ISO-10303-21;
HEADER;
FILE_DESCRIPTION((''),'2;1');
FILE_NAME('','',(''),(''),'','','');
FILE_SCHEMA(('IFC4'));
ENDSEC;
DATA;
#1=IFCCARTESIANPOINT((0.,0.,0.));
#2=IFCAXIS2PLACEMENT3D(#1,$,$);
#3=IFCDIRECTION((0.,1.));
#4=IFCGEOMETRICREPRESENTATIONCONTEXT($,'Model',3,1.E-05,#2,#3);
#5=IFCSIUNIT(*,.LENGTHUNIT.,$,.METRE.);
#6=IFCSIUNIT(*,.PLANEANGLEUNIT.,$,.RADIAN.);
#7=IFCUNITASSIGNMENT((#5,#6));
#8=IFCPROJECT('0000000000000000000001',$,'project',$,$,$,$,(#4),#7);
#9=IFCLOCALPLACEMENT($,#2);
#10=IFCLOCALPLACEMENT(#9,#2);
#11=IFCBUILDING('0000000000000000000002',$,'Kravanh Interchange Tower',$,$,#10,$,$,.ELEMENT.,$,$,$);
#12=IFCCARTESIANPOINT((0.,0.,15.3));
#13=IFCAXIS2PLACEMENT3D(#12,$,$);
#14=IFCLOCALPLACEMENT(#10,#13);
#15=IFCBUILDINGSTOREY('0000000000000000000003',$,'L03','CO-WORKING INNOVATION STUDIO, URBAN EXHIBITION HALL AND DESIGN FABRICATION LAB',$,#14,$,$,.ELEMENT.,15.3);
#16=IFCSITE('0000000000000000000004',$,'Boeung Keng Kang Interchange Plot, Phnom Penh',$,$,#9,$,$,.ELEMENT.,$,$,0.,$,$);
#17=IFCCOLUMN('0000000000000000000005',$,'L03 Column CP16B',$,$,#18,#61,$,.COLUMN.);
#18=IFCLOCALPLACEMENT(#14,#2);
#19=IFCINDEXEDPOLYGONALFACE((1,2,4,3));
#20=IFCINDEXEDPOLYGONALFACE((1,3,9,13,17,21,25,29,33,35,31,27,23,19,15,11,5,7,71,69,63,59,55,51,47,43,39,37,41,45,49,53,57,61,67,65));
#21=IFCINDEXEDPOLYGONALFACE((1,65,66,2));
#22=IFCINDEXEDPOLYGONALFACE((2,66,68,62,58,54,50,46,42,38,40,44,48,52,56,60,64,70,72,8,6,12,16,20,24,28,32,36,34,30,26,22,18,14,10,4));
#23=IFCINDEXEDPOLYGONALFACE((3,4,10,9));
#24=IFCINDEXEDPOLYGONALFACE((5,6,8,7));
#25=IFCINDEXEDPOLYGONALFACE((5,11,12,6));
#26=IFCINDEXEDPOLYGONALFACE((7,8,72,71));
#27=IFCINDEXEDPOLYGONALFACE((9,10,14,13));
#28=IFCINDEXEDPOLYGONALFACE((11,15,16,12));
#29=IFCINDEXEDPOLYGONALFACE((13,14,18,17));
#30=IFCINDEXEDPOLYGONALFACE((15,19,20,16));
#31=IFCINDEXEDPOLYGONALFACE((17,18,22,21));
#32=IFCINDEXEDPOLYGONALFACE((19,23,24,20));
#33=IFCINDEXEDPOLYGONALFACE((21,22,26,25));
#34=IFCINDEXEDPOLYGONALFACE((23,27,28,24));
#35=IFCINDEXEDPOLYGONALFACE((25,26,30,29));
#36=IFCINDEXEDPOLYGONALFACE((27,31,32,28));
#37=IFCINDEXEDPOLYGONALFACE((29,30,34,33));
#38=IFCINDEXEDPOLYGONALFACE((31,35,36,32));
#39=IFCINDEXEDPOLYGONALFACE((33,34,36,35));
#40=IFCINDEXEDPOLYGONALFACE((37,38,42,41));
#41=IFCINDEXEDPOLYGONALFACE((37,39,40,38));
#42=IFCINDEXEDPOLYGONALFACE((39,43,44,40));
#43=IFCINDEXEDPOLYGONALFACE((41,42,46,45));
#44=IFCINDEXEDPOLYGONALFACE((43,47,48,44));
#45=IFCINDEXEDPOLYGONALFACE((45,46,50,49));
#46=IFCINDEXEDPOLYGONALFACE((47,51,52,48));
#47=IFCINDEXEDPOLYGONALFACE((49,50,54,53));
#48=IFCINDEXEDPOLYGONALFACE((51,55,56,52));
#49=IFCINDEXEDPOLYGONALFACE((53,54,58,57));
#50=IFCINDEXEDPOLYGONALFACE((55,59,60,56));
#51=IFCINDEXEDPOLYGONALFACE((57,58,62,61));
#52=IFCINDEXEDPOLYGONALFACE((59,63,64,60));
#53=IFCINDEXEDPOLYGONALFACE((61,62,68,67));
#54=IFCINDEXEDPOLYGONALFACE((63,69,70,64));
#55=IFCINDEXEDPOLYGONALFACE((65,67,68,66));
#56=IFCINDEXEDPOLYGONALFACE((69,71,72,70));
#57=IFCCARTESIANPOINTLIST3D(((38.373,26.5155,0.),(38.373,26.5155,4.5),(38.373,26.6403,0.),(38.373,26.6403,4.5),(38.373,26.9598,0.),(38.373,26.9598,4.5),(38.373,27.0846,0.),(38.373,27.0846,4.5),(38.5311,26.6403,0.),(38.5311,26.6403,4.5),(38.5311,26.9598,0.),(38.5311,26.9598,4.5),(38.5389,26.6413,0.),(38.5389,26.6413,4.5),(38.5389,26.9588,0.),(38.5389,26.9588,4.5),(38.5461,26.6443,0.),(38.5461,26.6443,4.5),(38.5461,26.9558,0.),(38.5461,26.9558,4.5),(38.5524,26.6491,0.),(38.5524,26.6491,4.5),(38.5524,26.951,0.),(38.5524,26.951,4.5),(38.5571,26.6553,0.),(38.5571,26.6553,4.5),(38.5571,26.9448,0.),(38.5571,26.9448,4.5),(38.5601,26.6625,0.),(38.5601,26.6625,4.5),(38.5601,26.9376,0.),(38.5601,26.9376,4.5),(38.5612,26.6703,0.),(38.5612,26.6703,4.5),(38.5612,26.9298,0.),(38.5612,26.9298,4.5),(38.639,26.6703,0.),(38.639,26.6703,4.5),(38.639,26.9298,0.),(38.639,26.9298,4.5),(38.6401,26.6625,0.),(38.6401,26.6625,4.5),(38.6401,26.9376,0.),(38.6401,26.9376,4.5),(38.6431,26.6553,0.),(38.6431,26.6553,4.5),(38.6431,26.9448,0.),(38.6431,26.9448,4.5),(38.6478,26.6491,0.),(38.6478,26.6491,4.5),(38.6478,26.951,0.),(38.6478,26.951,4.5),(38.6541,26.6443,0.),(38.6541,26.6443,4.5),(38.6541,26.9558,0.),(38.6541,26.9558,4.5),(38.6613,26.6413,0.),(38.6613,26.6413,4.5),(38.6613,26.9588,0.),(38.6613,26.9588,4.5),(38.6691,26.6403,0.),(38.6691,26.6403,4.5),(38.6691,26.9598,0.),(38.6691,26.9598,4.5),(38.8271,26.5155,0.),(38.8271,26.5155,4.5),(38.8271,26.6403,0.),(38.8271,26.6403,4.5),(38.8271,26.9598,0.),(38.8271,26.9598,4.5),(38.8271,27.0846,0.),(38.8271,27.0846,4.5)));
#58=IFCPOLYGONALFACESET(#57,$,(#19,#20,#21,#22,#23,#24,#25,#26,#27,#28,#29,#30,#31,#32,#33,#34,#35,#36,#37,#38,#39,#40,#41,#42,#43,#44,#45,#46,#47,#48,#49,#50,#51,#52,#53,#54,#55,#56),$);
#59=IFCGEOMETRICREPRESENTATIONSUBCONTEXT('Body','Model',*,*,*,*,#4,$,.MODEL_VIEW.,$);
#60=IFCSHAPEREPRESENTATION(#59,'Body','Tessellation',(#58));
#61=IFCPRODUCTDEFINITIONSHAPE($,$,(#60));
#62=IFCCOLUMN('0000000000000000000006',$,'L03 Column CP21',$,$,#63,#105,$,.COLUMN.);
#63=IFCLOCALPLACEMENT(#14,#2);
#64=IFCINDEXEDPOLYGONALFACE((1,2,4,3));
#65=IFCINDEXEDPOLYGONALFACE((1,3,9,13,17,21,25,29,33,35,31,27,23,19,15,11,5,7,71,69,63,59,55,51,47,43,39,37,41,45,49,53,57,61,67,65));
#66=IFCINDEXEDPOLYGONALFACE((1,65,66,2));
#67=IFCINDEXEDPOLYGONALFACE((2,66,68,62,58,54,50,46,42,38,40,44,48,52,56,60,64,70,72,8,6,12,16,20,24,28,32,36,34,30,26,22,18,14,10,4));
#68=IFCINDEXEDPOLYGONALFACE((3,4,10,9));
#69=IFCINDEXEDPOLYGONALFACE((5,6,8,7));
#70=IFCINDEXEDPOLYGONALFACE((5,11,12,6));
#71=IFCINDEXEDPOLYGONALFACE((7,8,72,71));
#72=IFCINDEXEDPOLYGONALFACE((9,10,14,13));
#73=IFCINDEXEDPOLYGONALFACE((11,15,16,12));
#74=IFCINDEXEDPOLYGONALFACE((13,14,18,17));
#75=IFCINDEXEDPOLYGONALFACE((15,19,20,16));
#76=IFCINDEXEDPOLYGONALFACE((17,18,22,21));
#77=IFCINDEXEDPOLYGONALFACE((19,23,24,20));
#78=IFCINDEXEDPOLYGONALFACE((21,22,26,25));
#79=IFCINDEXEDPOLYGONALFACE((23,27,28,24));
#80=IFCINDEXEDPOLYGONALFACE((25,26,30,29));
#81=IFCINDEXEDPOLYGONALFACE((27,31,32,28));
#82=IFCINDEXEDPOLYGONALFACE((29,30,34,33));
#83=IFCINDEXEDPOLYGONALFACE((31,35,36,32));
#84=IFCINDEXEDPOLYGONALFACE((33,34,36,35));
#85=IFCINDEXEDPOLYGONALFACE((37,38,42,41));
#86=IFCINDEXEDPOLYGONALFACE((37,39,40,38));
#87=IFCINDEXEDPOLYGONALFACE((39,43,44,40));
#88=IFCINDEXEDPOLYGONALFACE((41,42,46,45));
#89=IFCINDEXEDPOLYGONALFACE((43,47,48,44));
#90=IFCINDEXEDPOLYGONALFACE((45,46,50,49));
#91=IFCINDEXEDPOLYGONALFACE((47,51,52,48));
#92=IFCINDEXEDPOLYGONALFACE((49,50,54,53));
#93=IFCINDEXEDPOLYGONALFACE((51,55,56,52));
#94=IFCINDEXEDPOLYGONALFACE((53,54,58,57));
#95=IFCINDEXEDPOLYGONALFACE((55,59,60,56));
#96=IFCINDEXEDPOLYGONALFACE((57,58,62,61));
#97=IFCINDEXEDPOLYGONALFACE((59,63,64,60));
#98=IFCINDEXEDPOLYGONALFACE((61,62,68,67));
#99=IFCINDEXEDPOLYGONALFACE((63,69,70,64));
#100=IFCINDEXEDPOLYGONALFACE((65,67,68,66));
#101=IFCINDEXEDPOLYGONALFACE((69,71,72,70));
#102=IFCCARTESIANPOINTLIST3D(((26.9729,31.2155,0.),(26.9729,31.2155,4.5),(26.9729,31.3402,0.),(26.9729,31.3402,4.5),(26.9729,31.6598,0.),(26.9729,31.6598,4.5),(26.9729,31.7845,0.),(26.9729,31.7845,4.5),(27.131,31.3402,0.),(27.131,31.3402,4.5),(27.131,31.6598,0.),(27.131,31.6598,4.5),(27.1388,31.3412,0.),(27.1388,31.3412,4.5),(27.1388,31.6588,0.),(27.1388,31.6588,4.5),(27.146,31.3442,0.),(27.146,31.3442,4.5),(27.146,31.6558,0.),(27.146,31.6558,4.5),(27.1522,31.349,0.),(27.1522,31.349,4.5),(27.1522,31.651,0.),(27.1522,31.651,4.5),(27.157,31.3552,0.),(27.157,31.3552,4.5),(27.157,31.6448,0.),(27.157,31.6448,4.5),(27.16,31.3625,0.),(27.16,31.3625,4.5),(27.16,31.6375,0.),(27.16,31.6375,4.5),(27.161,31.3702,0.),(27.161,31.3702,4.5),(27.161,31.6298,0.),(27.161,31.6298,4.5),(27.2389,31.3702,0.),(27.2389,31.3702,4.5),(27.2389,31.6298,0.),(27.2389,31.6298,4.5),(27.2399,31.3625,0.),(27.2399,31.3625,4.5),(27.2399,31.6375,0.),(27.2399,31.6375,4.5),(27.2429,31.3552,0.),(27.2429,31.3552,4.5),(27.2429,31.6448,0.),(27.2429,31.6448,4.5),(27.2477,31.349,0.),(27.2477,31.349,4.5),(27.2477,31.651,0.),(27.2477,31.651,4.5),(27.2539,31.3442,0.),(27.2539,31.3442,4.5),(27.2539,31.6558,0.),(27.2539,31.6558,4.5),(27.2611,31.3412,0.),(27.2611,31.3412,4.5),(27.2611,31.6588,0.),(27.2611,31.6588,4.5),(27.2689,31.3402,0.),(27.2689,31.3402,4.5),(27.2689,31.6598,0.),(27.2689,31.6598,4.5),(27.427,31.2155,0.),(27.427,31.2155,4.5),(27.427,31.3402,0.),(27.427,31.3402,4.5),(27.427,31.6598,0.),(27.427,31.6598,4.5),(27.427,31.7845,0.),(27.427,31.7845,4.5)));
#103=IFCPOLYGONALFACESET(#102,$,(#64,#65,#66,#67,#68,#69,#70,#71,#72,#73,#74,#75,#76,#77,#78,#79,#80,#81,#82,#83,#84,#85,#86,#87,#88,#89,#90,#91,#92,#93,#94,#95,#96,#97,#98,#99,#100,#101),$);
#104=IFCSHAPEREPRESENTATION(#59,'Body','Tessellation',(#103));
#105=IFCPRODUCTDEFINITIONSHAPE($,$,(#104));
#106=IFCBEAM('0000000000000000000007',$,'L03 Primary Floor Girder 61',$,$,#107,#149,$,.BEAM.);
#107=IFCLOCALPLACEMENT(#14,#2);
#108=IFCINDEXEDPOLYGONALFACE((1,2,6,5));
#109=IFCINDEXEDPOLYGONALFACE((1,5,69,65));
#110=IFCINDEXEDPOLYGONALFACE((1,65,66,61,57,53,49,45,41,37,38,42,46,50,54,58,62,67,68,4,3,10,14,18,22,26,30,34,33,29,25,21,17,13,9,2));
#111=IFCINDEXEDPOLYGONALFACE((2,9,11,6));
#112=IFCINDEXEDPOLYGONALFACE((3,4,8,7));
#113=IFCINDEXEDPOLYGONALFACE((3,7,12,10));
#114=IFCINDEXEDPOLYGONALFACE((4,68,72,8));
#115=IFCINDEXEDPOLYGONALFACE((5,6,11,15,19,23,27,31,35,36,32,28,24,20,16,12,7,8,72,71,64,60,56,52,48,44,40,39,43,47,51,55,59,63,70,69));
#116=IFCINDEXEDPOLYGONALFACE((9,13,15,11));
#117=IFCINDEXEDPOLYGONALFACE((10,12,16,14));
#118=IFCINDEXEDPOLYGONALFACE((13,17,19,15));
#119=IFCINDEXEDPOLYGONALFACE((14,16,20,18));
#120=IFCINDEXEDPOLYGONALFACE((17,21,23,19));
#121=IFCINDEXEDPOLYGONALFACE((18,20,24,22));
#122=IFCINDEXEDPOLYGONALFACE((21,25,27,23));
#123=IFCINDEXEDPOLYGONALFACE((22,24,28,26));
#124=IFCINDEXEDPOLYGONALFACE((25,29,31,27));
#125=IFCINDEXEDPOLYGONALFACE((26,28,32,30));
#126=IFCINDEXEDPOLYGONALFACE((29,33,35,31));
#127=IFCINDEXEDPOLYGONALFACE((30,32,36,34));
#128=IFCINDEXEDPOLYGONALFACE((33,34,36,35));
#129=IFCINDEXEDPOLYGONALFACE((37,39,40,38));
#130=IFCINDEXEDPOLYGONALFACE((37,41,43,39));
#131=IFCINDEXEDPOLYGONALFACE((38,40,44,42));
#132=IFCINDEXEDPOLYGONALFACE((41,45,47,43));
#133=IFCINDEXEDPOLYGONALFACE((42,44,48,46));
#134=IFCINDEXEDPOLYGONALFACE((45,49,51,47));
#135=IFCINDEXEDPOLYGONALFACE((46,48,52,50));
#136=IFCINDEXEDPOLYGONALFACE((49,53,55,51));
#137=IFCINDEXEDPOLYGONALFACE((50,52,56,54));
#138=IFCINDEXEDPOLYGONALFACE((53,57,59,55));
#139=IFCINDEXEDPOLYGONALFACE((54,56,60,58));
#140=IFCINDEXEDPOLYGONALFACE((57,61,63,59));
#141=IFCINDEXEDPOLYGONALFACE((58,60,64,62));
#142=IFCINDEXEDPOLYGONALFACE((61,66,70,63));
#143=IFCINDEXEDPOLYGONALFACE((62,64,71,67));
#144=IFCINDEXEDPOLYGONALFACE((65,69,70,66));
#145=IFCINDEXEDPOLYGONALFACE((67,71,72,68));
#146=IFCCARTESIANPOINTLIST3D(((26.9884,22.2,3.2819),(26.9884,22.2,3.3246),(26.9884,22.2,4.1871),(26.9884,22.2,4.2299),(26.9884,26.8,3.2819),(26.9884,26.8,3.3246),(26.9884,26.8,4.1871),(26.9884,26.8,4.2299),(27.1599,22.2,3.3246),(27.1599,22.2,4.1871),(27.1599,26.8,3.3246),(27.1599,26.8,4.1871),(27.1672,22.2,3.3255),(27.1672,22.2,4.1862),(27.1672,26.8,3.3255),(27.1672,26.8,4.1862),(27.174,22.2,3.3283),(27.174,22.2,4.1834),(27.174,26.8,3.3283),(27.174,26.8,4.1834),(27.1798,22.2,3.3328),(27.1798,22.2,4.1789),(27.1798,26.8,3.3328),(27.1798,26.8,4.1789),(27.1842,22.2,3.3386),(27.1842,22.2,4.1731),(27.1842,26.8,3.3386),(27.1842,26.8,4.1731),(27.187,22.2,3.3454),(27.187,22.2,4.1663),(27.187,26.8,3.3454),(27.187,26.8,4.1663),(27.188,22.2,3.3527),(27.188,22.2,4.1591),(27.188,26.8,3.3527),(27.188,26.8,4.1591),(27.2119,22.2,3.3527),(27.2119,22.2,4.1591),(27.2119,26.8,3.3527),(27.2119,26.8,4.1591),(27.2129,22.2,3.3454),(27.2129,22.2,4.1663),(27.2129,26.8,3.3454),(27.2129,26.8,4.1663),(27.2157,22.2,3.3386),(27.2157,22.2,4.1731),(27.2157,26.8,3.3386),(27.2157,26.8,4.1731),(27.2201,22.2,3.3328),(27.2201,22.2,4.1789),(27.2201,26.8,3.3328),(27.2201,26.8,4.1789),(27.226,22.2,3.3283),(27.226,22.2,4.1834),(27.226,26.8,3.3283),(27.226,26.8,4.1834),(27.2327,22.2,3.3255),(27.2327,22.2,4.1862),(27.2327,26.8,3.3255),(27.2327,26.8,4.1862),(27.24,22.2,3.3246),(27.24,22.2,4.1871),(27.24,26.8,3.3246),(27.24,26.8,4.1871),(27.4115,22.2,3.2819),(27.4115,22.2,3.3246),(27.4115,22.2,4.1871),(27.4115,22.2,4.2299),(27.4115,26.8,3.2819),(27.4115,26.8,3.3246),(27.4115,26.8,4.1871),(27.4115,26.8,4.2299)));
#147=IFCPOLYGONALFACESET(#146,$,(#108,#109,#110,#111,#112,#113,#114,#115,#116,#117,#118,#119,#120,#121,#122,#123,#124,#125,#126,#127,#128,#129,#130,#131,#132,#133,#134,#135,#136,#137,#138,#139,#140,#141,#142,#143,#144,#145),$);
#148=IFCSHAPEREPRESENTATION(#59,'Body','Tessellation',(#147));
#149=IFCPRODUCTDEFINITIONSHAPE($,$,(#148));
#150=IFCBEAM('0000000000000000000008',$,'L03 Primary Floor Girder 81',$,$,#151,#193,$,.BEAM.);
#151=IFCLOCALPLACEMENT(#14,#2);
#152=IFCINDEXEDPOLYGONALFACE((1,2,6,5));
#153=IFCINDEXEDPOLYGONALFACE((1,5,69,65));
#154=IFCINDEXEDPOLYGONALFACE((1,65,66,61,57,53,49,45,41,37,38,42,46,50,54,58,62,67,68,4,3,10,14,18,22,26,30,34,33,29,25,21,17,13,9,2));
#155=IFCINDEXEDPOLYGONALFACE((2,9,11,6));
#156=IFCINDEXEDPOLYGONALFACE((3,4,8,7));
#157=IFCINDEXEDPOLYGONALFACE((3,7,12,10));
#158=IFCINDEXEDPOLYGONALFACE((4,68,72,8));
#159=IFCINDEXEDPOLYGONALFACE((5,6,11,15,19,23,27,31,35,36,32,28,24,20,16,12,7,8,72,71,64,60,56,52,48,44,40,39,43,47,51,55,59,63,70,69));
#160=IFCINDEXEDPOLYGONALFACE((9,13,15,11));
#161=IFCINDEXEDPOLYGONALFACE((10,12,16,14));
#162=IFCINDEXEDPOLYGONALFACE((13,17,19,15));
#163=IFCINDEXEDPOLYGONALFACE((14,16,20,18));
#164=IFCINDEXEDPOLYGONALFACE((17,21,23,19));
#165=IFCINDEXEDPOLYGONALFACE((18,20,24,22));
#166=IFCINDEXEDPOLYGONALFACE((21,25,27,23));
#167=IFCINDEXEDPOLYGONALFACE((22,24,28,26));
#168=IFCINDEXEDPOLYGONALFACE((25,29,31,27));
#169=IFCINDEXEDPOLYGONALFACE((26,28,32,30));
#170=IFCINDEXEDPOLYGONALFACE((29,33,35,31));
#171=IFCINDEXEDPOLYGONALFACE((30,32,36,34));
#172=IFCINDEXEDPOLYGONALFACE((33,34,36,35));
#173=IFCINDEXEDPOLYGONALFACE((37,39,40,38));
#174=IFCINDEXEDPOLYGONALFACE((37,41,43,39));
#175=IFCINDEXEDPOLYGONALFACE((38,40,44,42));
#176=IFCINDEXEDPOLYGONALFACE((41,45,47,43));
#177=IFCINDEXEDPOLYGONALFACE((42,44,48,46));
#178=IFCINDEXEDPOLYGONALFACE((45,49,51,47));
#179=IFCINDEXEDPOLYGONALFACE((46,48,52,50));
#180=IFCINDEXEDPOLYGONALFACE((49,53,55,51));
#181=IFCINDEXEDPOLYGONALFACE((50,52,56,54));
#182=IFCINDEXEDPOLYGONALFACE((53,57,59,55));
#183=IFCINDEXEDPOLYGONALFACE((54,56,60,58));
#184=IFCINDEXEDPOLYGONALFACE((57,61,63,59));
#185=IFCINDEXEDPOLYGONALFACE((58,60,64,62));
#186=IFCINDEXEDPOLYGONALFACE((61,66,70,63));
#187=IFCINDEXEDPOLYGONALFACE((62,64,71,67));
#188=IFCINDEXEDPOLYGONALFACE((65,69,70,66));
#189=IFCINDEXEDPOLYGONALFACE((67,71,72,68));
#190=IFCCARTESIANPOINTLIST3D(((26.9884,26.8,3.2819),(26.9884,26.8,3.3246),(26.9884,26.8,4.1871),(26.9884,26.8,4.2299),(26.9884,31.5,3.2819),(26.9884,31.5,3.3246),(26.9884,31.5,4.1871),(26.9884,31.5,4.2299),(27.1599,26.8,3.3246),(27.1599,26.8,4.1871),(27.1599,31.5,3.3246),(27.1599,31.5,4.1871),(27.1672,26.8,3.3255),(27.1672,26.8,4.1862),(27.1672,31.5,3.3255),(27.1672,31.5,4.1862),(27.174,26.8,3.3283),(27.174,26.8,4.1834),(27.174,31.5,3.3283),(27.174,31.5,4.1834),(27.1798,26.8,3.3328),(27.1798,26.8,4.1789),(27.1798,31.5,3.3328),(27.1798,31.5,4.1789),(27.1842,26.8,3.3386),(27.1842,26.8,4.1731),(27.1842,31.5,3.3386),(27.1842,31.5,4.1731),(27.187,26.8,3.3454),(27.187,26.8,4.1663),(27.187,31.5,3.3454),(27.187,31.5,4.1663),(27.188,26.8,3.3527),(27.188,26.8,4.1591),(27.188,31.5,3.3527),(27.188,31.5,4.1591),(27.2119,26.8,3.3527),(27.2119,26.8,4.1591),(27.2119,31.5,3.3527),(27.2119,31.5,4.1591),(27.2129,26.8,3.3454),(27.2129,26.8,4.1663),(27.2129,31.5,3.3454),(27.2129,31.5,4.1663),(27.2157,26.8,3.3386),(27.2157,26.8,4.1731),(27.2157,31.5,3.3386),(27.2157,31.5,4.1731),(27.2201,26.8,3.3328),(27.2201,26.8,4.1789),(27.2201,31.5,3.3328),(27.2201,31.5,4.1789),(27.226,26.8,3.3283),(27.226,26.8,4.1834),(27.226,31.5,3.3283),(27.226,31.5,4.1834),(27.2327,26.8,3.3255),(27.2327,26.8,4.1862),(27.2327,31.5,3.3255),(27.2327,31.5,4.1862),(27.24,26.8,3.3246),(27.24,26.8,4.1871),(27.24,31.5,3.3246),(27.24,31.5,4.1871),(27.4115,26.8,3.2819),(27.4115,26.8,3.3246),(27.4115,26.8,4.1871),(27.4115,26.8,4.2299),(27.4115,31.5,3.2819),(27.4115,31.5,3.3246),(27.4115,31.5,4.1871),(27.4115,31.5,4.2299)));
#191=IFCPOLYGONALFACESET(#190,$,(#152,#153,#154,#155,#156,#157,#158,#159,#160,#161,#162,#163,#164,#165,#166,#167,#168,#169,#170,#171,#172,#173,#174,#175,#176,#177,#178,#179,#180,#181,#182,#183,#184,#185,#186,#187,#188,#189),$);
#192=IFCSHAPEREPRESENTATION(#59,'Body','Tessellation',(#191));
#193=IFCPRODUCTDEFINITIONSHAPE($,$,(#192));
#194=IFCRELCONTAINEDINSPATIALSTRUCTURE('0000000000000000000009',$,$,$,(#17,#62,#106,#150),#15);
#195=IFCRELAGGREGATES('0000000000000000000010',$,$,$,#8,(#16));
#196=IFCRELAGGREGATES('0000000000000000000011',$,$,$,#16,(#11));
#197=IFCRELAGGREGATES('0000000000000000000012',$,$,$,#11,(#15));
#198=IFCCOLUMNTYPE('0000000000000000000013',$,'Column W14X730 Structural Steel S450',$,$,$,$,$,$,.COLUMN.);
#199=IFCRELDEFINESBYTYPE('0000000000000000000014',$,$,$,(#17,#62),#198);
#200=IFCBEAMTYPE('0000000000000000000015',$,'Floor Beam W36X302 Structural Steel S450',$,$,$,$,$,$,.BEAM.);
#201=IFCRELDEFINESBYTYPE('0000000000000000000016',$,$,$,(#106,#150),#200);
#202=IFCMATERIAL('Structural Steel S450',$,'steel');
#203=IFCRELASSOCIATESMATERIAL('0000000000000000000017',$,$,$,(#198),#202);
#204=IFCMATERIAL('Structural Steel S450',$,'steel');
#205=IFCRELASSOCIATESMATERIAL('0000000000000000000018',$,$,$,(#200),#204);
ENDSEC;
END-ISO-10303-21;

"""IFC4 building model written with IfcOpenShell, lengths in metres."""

from ifc_helpers import new_model, si_unit, direction, frame, origin, origin_2d, place, context, subcontext, project, spatial, i_section, extrude, material, material_profile, profile_set, type_object, element, save


model = new_model("IFC4")

# Units and contexts
model_context = context("Model", 3, precision=1e-05, world=origin(), true_north=direction((0.0, 1.0)))
body_context = subcontext(model_context, "Body", "Model", "MODEL_VIEW")
ifc_project = project(units=[si_unit("LENGTHUNIT", "METRE"), si_unit("PLANEANGLEUNIT", "RADIAN")], contexts=[model_context])

# Site, building, storey
site_placement = place(None, origin())
site = spatial("IfcSite", under=ifc_project, at=site_placement, Name="Boeung Keng Kang Interchange Plot, Phnom Penh", CompositionType="ELEMENT", RefElevation=0.0)
building_placement = place(site_placement, origin())
building = spatial("IfcBuilding", under=site, at=building_placement, Name="Kravanh Interchange Tower", CompositionType="ELEMENT")
storey_placement = place(building_placement, frame((0.0, 0.0, 15.3)))
storey = spatial("IfcBuildingStorey", under=building, at=storey_placement, Name="L03", Description="CO-WORKING INNOVATION STUDIO, URBAN EXHIBITION HALL AND DESIGN FABRICATION LAB", CompositionType="ELEMENT", Elevation=15.3)

# Columns
ifc_material_1 = material(Name="Structural Steel S450", Category="steel")
ifc_material_profile_1 = material_profile(ifc_material_1, i_section(OverallWidth=0.4541, OverallDepth=0.5691, WebThickness=0.0779, FlangeThickness=0.1248, FilletRadius=0.03, at=origin_2d()), Name="W14X730")
ifc_profile_set_1 = profile_set([ifc_material_profile_1], Name="Structural Steel S450")
column_type_1 = type_object("IfcColumnType", Name="Column W14X730 Structural Steel S450", PredefinedType="COLUMN", material=ifc_profile_set_1)
for number, where, z_axis, x_axis, name in (
    (1, (38.6001, 26.8, 0.0), (0.0, 0.0, 1.0), (1.0, 0.0, 0.0), "L03 Column CP16B"),
    (2, (27.2, 31.5, 0.0), (0.0, 0.0, 1.0), (1.0, 0.0, 0.0), "L03 Column CP21"),
):
    element("IfcColumn", number, at=place(storey_placement, frame(where, z_axis=z_axis, x_axis=x_axis)), inside=storey, type_object=column_type_1, Name=name, PredefinedType="COLUMN", context=body_context, shape_type="SweptSolid", body=[
        extrude(i_section(OverallWidth=0.4541, OverallDepth=0.5691, WebThickness=0.0779, FlangeThickness=0.1248, FilletRadius=0.03, at=origin_2d()), origin(), (0.0, 0.0, 1.0), 4.5),
    ])

# Beams
ifc_material_2 = material(Name="Structural Steel S450", Category="steel")
ifc_material_profile_2 = material_profile(ifc_material_2, i_section(OverallWidth=0.4231, OverallDepth=0.948, WebThickness=0.0239, FlangeThickness=0.0427, FilletRadius=0.0281, at=origin_2d()), Name="W36X302")
ifc_profile_set_2 = profile_set([ifc_material_profile_2], Name="Structural Steel S450")
beam_type_1 = type_object("IfcBeamType", Name="Floor Beam W36X302 Structural Steel S450", PredefinedType="BEAM", material=ifc_profile_set_2)
beam_1_placement = place(storey_placement, frame((27.2, 22.2, 3.7559), z_axis=(0.0, 1.0, 0.0), x_axis=(-1.0, 0.0, 0.0)))
element("IfcBeam", 3, at=beam_1_placement, inside=storey, type_object=beam_type_1, Name="L03 Primary Floor Girder 61", PredefinedType="BEAM", context=body_context, shape_type="SweptSolid", body=[
    extrude(i_section(OverallWidth=0.4231, OverallDepth=0.948, WebThickness=0.0239, FlangeThickness=0.0427, FilletRadius=0.0281, at=origin_2d()), origin(), (0.0, 0.0, 1.0), 4.6001),
])
beam_2_placement = place(storey_placement, frame((27.2, 26.8, 3.7559), z_axis=(0.0, 1.0, 0.0), x_axis=(-1.0, 0.0, 0.0)))
element("IfcBeam", 4, at=beam_2_placement, inside=storey, type_object=beam_type_1, Name="L03 Primary Floor Girder 81", PredefinedType="BEAM", context=body_context, shape_type="SweptSolid", body=[
    extrude(i_section(OverallWidth=0.4231, OverallDepth=0.948, WebThickness=0.0239, FlangeThickness=0.0427, FilletRadius=0.0281, at=origin_2d()), origin(), (0.0, 0.0, 1.0), 4.7),
])

save(model, "model.ifc")
